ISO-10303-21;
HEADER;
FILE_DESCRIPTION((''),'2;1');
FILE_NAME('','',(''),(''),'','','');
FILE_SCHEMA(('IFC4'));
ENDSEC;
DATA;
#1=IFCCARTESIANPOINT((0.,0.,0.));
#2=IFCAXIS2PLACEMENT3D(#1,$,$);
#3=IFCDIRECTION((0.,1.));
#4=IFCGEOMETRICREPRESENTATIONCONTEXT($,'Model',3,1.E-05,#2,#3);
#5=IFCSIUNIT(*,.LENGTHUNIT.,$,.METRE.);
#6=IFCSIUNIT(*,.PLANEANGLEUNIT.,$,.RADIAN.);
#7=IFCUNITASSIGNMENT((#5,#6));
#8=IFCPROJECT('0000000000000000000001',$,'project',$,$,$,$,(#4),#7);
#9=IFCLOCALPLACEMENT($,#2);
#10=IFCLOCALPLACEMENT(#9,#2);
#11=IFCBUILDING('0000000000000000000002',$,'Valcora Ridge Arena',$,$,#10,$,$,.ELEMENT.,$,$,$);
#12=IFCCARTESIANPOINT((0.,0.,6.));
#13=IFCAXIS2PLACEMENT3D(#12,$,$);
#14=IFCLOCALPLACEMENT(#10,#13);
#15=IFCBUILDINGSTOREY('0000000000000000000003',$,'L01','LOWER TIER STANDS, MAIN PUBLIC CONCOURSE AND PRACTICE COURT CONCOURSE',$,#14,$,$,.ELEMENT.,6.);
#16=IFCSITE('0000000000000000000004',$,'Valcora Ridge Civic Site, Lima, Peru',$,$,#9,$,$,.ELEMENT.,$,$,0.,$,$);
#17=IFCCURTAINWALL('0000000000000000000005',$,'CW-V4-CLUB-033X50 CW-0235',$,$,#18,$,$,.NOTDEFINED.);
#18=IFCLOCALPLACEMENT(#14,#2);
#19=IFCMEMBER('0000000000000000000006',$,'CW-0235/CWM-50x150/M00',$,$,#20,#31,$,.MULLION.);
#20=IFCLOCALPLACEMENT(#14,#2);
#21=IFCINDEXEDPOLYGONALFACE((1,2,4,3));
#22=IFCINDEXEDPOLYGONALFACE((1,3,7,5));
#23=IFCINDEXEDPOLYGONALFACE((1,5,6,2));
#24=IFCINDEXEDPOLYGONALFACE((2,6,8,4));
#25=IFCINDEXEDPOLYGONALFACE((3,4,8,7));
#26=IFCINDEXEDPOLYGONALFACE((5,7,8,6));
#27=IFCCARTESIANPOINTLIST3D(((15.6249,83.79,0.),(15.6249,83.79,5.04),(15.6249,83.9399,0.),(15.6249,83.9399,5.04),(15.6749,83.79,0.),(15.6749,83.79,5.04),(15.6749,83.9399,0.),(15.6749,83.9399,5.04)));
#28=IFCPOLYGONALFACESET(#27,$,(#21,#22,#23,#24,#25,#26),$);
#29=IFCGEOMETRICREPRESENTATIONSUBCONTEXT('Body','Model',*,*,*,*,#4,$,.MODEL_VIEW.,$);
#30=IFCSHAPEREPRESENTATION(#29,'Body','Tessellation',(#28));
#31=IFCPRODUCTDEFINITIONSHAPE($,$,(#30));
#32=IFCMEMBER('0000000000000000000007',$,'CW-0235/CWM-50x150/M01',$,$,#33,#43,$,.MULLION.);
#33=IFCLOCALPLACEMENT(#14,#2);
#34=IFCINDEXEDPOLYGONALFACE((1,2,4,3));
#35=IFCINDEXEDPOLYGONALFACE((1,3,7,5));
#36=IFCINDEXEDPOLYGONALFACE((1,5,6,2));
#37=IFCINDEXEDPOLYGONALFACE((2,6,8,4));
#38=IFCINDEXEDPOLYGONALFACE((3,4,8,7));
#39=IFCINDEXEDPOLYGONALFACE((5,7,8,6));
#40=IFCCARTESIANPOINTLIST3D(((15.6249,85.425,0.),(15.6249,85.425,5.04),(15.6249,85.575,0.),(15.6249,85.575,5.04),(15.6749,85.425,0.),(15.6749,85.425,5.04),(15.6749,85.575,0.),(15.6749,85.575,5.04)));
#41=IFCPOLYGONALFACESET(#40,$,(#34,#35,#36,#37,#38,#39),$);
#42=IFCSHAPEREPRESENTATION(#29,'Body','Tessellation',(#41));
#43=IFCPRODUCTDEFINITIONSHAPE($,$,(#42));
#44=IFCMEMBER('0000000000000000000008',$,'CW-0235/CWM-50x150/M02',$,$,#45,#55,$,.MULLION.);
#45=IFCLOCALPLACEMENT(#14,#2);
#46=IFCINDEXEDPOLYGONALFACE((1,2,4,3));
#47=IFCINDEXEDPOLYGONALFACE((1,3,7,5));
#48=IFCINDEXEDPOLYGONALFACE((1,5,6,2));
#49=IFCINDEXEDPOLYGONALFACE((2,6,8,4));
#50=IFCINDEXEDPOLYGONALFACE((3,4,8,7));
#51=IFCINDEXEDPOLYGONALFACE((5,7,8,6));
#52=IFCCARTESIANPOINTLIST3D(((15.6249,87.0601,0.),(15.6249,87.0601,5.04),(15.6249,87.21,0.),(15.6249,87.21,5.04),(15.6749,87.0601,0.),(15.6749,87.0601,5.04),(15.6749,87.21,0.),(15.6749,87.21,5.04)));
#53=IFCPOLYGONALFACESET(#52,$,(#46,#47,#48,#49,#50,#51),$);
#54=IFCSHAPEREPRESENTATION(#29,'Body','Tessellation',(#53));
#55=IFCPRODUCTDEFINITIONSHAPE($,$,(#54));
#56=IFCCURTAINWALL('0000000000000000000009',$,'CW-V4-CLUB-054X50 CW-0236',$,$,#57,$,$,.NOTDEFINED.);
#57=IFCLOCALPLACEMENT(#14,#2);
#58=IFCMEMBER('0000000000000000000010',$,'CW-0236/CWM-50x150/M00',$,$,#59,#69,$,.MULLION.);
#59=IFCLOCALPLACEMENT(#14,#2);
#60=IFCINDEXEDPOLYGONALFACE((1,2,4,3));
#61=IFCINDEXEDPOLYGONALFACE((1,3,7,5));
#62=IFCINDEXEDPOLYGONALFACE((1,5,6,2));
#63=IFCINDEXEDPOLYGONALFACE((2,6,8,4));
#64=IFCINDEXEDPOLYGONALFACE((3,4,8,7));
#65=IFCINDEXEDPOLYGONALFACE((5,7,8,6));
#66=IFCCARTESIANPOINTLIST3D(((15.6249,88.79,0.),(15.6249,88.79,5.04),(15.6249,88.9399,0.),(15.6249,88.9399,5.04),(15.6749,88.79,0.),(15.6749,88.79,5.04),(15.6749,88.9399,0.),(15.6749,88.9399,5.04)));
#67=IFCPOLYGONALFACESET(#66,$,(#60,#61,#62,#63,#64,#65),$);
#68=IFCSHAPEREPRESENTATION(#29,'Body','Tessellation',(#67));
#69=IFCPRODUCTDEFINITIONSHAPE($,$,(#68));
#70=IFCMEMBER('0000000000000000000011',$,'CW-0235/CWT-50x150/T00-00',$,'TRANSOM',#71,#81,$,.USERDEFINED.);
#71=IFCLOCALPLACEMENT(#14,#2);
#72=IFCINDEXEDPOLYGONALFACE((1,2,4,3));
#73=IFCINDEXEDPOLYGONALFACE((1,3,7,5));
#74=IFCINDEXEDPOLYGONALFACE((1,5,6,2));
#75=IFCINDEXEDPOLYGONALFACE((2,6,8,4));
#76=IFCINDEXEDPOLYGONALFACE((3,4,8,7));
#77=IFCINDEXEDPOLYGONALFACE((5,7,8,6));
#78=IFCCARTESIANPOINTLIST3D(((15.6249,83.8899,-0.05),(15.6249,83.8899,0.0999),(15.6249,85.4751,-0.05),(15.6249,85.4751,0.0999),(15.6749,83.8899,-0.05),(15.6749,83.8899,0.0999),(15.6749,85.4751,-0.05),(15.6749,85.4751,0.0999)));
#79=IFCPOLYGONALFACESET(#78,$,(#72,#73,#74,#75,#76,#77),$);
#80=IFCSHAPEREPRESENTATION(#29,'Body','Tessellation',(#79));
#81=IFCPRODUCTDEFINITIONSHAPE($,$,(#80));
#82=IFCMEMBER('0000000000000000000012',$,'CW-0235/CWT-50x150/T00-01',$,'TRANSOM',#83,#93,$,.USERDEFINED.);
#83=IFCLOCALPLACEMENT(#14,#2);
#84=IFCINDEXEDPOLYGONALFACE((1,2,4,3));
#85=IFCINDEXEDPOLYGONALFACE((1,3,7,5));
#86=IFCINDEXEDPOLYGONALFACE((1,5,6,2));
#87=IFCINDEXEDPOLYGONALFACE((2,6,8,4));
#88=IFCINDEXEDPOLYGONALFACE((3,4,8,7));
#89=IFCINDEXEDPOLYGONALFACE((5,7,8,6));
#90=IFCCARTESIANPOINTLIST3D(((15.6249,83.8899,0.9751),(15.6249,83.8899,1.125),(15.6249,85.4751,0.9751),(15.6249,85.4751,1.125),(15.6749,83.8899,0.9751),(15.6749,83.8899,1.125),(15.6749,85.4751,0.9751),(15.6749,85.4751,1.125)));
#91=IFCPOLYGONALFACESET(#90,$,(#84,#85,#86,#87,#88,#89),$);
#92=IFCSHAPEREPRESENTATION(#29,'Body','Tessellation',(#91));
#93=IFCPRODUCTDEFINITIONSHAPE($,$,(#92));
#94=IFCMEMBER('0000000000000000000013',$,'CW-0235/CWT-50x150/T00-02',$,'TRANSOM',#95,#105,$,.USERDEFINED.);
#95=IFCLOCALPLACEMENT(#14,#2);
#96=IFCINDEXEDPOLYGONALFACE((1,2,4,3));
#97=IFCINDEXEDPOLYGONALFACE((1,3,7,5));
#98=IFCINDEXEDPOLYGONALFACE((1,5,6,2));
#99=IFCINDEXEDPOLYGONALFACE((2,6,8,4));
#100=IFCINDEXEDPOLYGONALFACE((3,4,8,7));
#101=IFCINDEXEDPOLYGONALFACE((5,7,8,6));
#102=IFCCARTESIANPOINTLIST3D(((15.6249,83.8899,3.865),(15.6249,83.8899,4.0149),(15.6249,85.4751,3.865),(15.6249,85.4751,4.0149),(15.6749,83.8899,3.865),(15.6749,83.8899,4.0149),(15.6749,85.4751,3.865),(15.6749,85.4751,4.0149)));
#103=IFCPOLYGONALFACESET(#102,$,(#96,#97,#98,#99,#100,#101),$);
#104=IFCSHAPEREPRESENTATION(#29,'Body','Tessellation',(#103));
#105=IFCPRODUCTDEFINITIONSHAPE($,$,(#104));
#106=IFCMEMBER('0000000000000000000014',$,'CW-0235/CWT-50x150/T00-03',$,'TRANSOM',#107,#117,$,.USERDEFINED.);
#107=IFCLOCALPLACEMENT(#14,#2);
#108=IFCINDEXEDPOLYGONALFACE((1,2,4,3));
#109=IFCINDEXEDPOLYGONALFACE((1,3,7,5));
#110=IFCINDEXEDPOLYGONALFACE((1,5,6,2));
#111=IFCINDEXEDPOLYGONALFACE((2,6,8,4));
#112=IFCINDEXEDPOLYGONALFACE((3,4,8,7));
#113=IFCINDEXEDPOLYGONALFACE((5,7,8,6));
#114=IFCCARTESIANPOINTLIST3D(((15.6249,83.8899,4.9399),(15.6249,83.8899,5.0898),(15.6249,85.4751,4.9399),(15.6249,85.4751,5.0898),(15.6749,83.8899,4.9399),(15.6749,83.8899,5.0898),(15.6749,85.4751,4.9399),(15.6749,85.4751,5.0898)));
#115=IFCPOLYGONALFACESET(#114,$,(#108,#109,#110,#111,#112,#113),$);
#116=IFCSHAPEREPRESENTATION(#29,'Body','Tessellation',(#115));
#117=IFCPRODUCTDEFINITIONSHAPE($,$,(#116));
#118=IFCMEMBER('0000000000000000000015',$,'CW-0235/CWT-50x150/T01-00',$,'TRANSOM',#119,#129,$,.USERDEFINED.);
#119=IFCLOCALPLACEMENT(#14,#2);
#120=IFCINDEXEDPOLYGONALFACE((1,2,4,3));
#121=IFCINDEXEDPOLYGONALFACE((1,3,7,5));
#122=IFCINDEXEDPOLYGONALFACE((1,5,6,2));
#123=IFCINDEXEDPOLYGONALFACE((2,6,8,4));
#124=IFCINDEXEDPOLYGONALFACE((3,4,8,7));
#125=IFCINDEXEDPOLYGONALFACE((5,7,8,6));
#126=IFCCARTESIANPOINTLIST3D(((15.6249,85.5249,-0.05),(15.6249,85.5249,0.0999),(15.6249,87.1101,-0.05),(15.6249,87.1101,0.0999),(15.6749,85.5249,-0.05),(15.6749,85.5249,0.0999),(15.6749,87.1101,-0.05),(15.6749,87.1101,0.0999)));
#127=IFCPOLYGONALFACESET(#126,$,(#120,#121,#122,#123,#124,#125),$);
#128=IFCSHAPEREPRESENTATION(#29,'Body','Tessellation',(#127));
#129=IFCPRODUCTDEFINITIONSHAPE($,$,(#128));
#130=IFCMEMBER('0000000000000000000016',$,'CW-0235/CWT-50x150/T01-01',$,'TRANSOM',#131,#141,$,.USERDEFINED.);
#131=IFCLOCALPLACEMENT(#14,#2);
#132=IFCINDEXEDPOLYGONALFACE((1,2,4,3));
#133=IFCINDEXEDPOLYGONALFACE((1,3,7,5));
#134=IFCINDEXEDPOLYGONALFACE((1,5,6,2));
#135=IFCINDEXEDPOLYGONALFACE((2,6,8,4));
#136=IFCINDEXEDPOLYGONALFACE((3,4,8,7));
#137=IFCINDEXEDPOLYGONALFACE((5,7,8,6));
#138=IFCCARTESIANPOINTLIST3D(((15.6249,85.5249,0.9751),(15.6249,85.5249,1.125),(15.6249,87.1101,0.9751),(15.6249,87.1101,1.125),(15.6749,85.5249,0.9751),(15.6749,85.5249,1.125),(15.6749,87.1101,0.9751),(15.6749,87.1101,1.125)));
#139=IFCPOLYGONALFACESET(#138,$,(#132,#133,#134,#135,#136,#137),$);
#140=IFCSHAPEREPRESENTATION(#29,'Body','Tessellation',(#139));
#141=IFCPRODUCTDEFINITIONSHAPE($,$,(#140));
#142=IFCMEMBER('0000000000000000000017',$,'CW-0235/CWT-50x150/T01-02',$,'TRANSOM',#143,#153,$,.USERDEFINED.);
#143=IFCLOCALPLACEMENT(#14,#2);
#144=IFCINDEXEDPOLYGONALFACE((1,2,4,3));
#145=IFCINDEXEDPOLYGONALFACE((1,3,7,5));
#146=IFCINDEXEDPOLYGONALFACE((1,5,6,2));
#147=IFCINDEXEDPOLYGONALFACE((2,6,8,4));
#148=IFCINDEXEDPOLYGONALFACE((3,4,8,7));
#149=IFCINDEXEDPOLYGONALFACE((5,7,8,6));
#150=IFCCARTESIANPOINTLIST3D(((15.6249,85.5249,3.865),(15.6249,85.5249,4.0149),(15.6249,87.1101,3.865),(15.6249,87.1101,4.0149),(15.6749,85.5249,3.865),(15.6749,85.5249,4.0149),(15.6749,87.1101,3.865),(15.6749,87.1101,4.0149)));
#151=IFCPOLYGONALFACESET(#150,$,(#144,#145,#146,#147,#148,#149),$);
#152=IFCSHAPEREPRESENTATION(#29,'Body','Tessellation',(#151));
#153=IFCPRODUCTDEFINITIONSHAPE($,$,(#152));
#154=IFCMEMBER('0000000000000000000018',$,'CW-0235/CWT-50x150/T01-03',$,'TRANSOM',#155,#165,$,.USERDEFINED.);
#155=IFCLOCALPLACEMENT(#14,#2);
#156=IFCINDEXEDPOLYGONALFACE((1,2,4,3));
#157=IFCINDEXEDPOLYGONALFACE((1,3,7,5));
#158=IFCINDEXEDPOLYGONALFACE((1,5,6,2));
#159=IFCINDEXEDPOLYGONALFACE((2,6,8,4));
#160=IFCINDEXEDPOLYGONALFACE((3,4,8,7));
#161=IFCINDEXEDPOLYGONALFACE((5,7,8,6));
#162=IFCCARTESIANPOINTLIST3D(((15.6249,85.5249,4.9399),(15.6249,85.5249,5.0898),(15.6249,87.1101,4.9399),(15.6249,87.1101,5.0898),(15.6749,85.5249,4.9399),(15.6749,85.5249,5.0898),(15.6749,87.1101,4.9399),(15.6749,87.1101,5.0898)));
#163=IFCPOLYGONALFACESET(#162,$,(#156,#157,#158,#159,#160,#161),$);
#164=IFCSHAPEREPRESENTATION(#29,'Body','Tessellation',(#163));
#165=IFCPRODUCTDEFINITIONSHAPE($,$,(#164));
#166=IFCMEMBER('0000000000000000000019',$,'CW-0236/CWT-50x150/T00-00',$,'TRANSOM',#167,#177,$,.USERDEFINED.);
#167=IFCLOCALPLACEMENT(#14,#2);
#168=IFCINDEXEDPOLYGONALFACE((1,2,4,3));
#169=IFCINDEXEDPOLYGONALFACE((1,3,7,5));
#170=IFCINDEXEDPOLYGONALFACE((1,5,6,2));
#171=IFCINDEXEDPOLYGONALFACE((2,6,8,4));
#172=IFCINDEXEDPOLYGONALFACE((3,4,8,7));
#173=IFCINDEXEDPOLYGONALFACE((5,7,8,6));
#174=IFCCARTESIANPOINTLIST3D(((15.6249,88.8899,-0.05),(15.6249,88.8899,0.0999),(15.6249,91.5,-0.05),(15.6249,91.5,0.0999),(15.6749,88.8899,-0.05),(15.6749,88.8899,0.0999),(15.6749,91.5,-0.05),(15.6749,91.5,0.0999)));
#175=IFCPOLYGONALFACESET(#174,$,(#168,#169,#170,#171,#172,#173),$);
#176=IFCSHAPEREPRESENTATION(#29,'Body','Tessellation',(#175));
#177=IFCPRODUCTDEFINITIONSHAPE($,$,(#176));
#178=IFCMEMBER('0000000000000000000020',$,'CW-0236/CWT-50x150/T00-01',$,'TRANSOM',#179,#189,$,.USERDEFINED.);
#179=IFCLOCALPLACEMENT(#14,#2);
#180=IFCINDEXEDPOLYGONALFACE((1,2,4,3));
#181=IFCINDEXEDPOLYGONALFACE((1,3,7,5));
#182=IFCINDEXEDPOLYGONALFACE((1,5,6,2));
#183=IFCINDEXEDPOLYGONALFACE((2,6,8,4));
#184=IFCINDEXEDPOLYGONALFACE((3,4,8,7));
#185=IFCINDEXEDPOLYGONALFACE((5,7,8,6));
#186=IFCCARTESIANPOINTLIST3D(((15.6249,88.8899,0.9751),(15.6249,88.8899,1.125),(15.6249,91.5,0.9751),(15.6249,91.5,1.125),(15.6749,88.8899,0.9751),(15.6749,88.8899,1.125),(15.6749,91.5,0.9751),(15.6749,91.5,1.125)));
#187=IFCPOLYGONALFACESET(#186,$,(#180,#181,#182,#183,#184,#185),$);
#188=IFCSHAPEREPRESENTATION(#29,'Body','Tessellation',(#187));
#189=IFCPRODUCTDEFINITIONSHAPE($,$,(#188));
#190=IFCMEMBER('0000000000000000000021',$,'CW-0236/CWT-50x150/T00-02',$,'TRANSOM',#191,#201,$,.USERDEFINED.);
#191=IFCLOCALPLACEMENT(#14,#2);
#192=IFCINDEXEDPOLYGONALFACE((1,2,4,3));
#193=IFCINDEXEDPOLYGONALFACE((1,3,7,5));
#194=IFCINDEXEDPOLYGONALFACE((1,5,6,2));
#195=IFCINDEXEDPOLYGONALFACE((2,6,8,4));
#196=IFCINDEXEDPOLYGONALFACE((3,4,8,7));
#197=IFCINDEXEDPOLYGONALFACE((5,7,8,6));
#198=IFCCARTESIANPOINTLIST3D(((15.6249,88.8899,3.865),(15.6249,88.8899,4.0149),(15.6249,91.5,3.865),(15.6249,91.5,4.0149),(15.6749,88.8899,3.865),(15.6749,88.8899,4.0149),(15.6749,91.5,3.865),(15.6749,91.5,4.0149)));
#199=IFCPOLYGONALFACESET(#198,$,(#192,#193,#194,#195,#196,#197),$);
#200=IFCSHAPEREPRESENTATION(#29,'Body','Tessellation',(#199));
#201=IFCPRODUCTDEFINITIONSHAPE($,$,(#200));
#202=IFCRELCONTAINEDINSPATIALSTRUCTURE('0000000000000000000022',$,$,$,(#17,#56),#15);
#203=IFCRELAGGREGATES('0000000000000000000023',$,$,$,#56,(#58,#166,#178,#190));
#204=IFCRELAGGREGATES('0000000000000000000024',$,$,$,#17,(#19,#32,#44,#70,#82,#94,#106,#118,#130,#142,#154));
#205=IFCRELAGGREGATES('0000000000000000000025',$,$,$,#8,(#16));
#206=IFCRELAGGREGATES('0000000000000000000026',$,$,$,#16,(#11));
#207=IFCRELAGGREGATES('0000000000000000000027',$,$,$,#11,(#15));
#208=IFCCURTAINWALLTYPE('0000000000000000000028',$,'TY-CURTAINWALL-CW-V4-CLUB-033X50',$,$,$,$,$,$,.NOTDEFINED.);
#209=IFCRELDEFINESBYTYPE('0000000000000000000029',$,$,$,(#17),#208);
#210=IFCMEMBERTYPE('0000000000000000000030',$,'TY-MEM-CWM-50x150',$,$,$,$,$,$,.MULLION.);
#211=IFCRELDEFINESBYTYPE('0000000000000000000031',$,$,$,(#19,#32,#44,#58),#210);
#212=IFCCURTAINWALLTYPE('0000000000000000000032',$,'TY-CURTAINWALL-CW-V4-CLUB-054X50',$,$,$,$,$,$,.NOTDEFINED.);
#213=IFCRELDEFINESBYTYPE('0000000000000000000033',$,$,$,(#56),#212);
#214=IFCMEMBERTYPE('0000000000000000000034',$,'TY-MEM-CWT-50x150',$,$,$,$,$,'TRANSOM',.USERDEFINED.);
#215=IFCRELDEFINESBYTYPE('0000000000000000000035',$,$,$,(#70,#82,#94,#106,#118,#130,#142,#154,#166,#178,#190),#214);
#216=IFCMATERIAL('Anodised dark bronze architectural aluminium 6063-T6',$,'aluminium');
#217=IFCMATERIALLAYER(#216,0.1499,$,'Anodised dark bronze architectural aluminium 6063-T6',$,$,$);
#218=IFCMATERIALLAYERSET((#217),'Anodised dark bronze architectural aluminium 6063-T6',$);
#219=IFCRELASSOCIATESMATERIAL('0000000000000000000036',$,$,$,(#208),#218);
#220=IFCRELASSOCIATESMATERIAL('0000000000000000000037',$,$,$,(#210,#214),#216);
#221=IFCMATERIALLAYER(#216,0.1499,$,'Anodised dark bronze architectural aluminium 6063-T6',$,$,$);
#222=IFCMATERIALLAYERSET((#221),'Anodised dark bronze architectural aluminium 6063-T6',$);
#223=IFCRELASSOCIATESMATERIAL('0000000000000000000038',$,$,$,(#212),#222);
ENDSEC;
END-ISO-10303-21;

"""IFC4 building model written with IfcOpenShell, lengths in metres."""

from ifc_helpers import new_model, si_unit, direction, frame, origin, origin_2d, place, context, subcontext, project, spatial, rectangle, extrude, material, layer, layer_set, material_profile, profile_set, type_object, element, aggregate, save


model = new_model("IFC4")

# Units and contexts
model_context = context("Model", 3, precision=1e-05, world=origin(), true_north=direction((0.0, 1.0)))
body_context = subcontext(model_context, "Body", "Model", "MODEL_VIEW")
ifc_project = project(units=[si_unit("LENGTHUNIT", "METRE"), si_unit("PLANEANGLEUNIT", "RADIAN")], contexts=[model_context])

# Site, building, storey
site_placement = place(None, origin())
site = spatial("IfcSite", under=ifc_project, at=site_placement, Name="Valcora Ridge Civic Site, Lima, Peru", CompositionType="ELEMENT", RefElevation=0.0)
building_placement = place(site_placement, origin())
building = spatial("IfcBuilding", under=site, at=building_placement, Name="Valcora Ridge Arena", CompositionType="ELEMENT")
storey_placement = place(building_placement, frame((0.0, 0.0, 6.0)))
storey = spatial("IfcBuildingStorey", under=building, at=storey_placement, Name="L01", Description="LOWER TIER STANDS, MAIN PUBLIC CONCOURSE AND PRACTICE COURT CONCOURSE", CompositionType="ELEMENT", Elevation=6.0)

# Curtain wall, members
ifc_material_1 = material(Name="Anodised dark bronze architectural aluminium 6063-T6", Category="aluminium")
ifc_layer_1 = layer(ifc_material_1, 0.1499, Name="Anodised dark bronze architectural aluminium 6063-T6")
ifc_layer_set_1 = layer_set([ifc_layer_1], Name="Anodised dark bronze architectural aluminium 6063-T6")
curtain_wall_type_1 = type_object("IfcCurtainWallType", Name="TY-CURTAINWALL-CW-V4-CLUB-033X50", PredefinedType="NOTDEFINED", material=ifc_layer_set_1)
curtain_wall_1_placement = place(storey_placement, origin())
curtain_wall_1 = element("IfcCurtainWall", 1, at=curtain_wall_1_placement, inside=storey, type_object=curtain_wall_type_1, Name="CW-V4-CLUB-033X50 CW-0235", PredefinedType="NOTDEFINED")
ifc_material_profile_1 = material_profile(ifc_material_1, rectangle(XDim=0.05, YDim=0.1499, at=origin_2d()), Name="ALU MULLION 50x150")
ifc_profile_set_1 = profile_set([ifc_material_profile_1], Name="Anodised dark bronze architectural aluminium 6063-T6")
member_type_1 = type_object("IfcMemberType", Name="TY-MEM-CWM-50x150", PredefinedType="MULLION", material=ifc_profile_set_1)
member_1_placement = place(storey_placement, frame((15.6499, 83.865, 0.0), z_axis=(0.0, 0.0, 1.0), x_axis=(-1.0, 0.0, 0.0)))
member_1 = element("IfcMember", 2, at=member_1_placement, type_object=member_type_1, Name="CW-0235/CWM-50x150/M00", PredefinedType="MULLION", context=body_context, shape_type="SweptSolid", body=[
    extrude(rectangle(XDim=0.05, YDim=0.1499, at=origin_2d()), origin(), (0.0, 0.0, 1.0), 5.04),
])
member_2_placement = place(storey_placement, frame((15.6499, 85.5, 0.0), z_axis=(0.0, 0.0, 1.0), x_axis=(-1.0, 0.0, 0.0)))
member_2 = element("IfcMember", 3, at=member_2_placement, type_object=member_type_1, Name="CW-0235/CWM-50x150/M01", PredefinedType="MULLION", context=body_context, shape_type="SweptSolid", body=[
    extrude(rectangle(XDim=0.05, YDim=0.1499, at=origin_2d()), origin(), (0.0, 0.0, 1.0), 5.04),
])
member_3_placement = place(storey_placement, frame((15.6499, 87.135, 0.0), z_axis=(0.0, 0.0, 1.0), x_axis=(-1.0, 0.0, 0.0)))
member_3 = element("IfcMember", 4, at=member_3_placement, type_object=member_type_1, Name="CW-0235/CWM-50x150/M02", PredefinedType="MULLION", context=body_context, shape_type="SweptSolid", body=[
    extrude(rectangle(XDim=0.05, YDim=0.1499, at=origin_2d()), origin(), (0.0, 0.0, 1.0), 5.04),
])

# Curtain wall, member
ifc_layer_2 = layer(ifc_material_1, 0.1499, Name="Anodised dark bronze architectural aluminium 6063-T6")
ifc_layer_set_2 = layer_set([ifc_layer_2], Name="Anodised dark bronze architectural aluminium 6063-T6")
curtain_wall_type_2 = type_object("IfcCurtainWallType", Name="TY-CURTAINWALL-CW-V4-CLUB-054X50", PredefinedType="NOTDEFINED", material=ifc_layer_set_2)
curtain_wall_2_placement = place(storey_placement, origin())
curtain_wall_2 = element("IfcCurtainWall", 5, at=curtain_wall_2_placement, inside=storey, type_object=curtain_wall_type_2, Name="CW-V4-CLUB-054X50 CW-0236", PredefinedType="NOTDEFINED")
member_4_placement = place(storey_placement, frame((15.6499, 88.865, 0.0), z_axis=(0.0, 0.0, 1.0), x_axis=(-1.0, 0.0, 0.0)))
member_4 = element("IfcMember", 6, at=member_4_placement, type_object=member_type_1, Name="CW-0236/CWM-50x150/M00", PredefinedType="MULLION", context=body_context, shape_type="SweptSolid", body=[
    extrude(rectangle(XDim=0.05, YDim=0.1499, at=origin_2d()), origin(), (0.0, 0.0, 1.0), 5.04),
])

# Members
ifc_material_profile_2 = material_profile(ifc_material_1, rectangle(XDim=0.05, YDim=0.1499, at=origin_2d()), Name="ALU TRANSOM 50x150")
ifc_profile_set_2 = profile_set([ifc_material_profile_2], Name="Anodised dark bronze architectural aluminium 6063-T6")
member_type_2 = type_object("IfcMemberType", Name="TY-MEM-CWT-50x150", ElementType="TRANSOM", PredefinedType="USERDEFINED", material=ifc_profile_set_2)
member_5_placement = place(storey_placement, frame((15.6499, 83.8899, 0.0249), z_axis=(0.0, 1.0, 0.0), x_axis=(-1.0, 0.0, 0.0)))
member_5 = element("IfcMember", 7, at=member_5_placement, type_object=member_type_2, Name="CW-0235/CWT-50x150/T00-00", ObjectType="TRANSOM", PredefinedType="USERDEFINED", context=body_context, shape_type="SweptSolid", body=[
    extrude(rectangle(XDim=0.05, YDim=0.1499, at=origin_2d()), origin(), (0.0, 0.0, 1.0), 1.5852),
])
member_6_placement = place(storey_placement, frame((15.6499, 83.8899, 1.05), z_axis=(0.0, 1.0, 0.0), x_axis=(-1.0, 0.0, 0.0)))
member_6 = element("IfcMember", 8, at=member_6_placement, type_object=member_type_2, Name="CW-0235/CWT-50x150/T00-01", ObjectType="TRANSOM", PredefinedType="USERDEFINED", context=body_context, shape_type="SweptSolid", body=[
    extrude(rectangle(XDim=0.05, YDim=0.1499, at=origin_2d()), origin(), (0.0, 0.0, 1.0), 1.5852),
])
member_7_placement = place(storey_placement, frame((15.6499, 83.8899, 3.9399), z_axis=(0.0, 1.0, 0.0), x_axis=(-1.0, 0.0, 0.0)))
member_7 = element("IfcMember", 9, at=member_7_placement, type_object=member_type_2, Name="CW-0235/CWT-50x150/T00-02", ObjectType="TRANSOM", PredefinedType="USERDEFINED", context=body_context, shape_type="SweptSolid", body=[
    extrude(rectangle(XDim=0.05, YDim=0.1499, at=origin_2d()), origin(), (0.0, 0.0, 1.0), 1.5852),
])
member_8_placement = place(storey_placement, frame((15.6499, 83.8899, 5.0149), z_axis=(0.0, 1.0, 0.0), x_axis=(-1.0, 0.0, 0.0)))
member_8 = element("IfcMember", 10, at=member_8_placement, type_object=member_type_2, Name="CW-0235/CWT-50x150/T00-03", ObjectType="TRANSOM", PredefinedType="USERDEFINED", context=body_context, shape_type="SweptSolid", body=[
    extrude(rectangle(XDim=0.05, YDim=0.1499, at=origin_2d()), origin(), (0.0, 0.0, 1.0), 1.5852),
])
member_9_placement = place(storey_placement, frame((15.6499, 85.5249, 0.0249), z_axis=(0.0, 1.0, 0.0), x_axis=(-1.0, 0.0, 0.0)))
member_9 = element("IfcMember", 11, at=member_9_placement, type_object=member_type_2, Name="CW-0235/CWT-50x150/T01-00", ObjectType="TRANSOM", PredefinedType="USERDEFINED", context=body_context, shape_type="SweptSolid", body=[
    extrude(rectangle(XDim=0.05, YDim=0.1499, at=origin_2d()), origin(), (0.0, 0.0, 1.0), 1.5852),
])
member_10_placement = place(storey_placement, frame((15.6499, 85.5249, 1.05), z_axis=(0.0, 1.0, 0.0), x_axis=(-1.0, 0.0, 0.0)))
member_10 = element("IfcMember", 12, at=member_10_placement, type_object=member_type_2, Name="CW-0235/CWT-50x150/T01-01", ObjectType="TRANSOM", PredefinedType="USERDEFINED", context=body_context, shape_type="SweptSolid", body=[
    extrude(rectangle(XDim=0.05, YDim=0.1499, at=origin_2d()), origin(), (0.0, 0.0, 1.0), 1.5852),
])
member_11_placement = place(storey_placement, frame((15.6499, 85.5249, 3.9399), z_axis=(0.0, 1.0, 0.0), x_axis=(-1.0, 0.0, 0.0)))
member_11 = element("IfcMember", 13, at=member_11_placement, type_object=member_type_2, Name="CW-0235/CWT-50x150/T01-02", ObjectType="TRANSOM", PredefinedType="USERDEFINED", context=body_context, shape_type="SweptSolid", body=[
    extrude(rectangle(XDim=0.05, YDim=0.1499, at=origin_2d()), origin(), (0.0, 0.0, 1.0), 1.5852),
])
member_12_placement = place(storey_placement, frame((15.6499, 85.5249, 5.0149), z_axis=(0.0, 1.0, 0.0), x_axis=(-1.0, 0.0, 0.0)))
member_12 = element("IfcMember", 14, at=member_12_placement, type_object=member_type_2, Name="CW-0235/CWT-50x150/T01-03", ObjectType="TRANSOM", PredefinedType="USERDEFINED", context=body_context, shape_type="SweptSolid", body=[
    extrude(rectangle(XDim=0.05, YDim=0.1499, at=origin_2d()), origin(), (0.0, 0.0, 1.0), 1.5852),
])
member_13_placement = place(storey_placement, frame((15.6499, 88.8899, 0.0249), z_axis=(0.0, 1.0, 0.0), x_axis=(-1.0, 0.0, 0.0)))
member_13 = element("IfcMember", 15, at=member_13_placement, type_object=member_type_2, Name="CW-0236/CWT-50x150/T00-00", ObjectType="TRANSOM", PredefinedType="USERDEFINED", context=body_context, shape_type="SweptSolid", body=[
    extrude(rectangle(XDim=0.05, YDim=0.1499, at=origin_2d()), origin(), (0.0, 0.0, 1.0), 2.6101),
])
member_14_placement = place(storey_placement, frame((15.6499, 88.8899, 1.05), z_axis=(0.0, 1.0, 0.0), x_axis=(-1.0, 0.0, 0.0)))
member_14 = element("IfcMember", 16, at=member_14_placement, type_object=member_type_2, Name="CW-0236/CWT-50x150/T00-01", ObjectType="TRANSOM", PredefinedType="USERDEFINED", context=body_context, shape_type="SweptSolid", body=[
    extrude(rectangle(XDim=0.05, YDim=0.1499, at=origin_2d()), origin(), (0.0, 0.0, 1.0), 2.6101),
])
member_15_placement = place(storey_placement, frame((15.6499, 88.8899, 3.9399), z_axis=(0.0, 1.0, 0.0), x_axis=(-1.0, 0.0, 0.0)))
member_15 = element("IfcMember", 17, at=member_15_placement, type_object=member_type_2, Name="CW-0236/CWT-50x150/T00-02", ObjectType="TRANSOM", PredefinedType="USERDEFINED", context=body_context, shape_type="SweptSolid", body=[
    extrude(rectangle(XDim=0.05, YDim=0.1499, at=origin_2d()), origin(), (0.0, 0.0, 1.0), 2.6101),
])
aggregate(curtain_wall_2, [member_4, member_13, member_14, member_15])

aggregate(curtain_wall_1, [member_1, member_2, member_3, member_5, member_6, member_7, member_8, member_9, member_10, member_11, member_12])

save(model, "model.ifc")
